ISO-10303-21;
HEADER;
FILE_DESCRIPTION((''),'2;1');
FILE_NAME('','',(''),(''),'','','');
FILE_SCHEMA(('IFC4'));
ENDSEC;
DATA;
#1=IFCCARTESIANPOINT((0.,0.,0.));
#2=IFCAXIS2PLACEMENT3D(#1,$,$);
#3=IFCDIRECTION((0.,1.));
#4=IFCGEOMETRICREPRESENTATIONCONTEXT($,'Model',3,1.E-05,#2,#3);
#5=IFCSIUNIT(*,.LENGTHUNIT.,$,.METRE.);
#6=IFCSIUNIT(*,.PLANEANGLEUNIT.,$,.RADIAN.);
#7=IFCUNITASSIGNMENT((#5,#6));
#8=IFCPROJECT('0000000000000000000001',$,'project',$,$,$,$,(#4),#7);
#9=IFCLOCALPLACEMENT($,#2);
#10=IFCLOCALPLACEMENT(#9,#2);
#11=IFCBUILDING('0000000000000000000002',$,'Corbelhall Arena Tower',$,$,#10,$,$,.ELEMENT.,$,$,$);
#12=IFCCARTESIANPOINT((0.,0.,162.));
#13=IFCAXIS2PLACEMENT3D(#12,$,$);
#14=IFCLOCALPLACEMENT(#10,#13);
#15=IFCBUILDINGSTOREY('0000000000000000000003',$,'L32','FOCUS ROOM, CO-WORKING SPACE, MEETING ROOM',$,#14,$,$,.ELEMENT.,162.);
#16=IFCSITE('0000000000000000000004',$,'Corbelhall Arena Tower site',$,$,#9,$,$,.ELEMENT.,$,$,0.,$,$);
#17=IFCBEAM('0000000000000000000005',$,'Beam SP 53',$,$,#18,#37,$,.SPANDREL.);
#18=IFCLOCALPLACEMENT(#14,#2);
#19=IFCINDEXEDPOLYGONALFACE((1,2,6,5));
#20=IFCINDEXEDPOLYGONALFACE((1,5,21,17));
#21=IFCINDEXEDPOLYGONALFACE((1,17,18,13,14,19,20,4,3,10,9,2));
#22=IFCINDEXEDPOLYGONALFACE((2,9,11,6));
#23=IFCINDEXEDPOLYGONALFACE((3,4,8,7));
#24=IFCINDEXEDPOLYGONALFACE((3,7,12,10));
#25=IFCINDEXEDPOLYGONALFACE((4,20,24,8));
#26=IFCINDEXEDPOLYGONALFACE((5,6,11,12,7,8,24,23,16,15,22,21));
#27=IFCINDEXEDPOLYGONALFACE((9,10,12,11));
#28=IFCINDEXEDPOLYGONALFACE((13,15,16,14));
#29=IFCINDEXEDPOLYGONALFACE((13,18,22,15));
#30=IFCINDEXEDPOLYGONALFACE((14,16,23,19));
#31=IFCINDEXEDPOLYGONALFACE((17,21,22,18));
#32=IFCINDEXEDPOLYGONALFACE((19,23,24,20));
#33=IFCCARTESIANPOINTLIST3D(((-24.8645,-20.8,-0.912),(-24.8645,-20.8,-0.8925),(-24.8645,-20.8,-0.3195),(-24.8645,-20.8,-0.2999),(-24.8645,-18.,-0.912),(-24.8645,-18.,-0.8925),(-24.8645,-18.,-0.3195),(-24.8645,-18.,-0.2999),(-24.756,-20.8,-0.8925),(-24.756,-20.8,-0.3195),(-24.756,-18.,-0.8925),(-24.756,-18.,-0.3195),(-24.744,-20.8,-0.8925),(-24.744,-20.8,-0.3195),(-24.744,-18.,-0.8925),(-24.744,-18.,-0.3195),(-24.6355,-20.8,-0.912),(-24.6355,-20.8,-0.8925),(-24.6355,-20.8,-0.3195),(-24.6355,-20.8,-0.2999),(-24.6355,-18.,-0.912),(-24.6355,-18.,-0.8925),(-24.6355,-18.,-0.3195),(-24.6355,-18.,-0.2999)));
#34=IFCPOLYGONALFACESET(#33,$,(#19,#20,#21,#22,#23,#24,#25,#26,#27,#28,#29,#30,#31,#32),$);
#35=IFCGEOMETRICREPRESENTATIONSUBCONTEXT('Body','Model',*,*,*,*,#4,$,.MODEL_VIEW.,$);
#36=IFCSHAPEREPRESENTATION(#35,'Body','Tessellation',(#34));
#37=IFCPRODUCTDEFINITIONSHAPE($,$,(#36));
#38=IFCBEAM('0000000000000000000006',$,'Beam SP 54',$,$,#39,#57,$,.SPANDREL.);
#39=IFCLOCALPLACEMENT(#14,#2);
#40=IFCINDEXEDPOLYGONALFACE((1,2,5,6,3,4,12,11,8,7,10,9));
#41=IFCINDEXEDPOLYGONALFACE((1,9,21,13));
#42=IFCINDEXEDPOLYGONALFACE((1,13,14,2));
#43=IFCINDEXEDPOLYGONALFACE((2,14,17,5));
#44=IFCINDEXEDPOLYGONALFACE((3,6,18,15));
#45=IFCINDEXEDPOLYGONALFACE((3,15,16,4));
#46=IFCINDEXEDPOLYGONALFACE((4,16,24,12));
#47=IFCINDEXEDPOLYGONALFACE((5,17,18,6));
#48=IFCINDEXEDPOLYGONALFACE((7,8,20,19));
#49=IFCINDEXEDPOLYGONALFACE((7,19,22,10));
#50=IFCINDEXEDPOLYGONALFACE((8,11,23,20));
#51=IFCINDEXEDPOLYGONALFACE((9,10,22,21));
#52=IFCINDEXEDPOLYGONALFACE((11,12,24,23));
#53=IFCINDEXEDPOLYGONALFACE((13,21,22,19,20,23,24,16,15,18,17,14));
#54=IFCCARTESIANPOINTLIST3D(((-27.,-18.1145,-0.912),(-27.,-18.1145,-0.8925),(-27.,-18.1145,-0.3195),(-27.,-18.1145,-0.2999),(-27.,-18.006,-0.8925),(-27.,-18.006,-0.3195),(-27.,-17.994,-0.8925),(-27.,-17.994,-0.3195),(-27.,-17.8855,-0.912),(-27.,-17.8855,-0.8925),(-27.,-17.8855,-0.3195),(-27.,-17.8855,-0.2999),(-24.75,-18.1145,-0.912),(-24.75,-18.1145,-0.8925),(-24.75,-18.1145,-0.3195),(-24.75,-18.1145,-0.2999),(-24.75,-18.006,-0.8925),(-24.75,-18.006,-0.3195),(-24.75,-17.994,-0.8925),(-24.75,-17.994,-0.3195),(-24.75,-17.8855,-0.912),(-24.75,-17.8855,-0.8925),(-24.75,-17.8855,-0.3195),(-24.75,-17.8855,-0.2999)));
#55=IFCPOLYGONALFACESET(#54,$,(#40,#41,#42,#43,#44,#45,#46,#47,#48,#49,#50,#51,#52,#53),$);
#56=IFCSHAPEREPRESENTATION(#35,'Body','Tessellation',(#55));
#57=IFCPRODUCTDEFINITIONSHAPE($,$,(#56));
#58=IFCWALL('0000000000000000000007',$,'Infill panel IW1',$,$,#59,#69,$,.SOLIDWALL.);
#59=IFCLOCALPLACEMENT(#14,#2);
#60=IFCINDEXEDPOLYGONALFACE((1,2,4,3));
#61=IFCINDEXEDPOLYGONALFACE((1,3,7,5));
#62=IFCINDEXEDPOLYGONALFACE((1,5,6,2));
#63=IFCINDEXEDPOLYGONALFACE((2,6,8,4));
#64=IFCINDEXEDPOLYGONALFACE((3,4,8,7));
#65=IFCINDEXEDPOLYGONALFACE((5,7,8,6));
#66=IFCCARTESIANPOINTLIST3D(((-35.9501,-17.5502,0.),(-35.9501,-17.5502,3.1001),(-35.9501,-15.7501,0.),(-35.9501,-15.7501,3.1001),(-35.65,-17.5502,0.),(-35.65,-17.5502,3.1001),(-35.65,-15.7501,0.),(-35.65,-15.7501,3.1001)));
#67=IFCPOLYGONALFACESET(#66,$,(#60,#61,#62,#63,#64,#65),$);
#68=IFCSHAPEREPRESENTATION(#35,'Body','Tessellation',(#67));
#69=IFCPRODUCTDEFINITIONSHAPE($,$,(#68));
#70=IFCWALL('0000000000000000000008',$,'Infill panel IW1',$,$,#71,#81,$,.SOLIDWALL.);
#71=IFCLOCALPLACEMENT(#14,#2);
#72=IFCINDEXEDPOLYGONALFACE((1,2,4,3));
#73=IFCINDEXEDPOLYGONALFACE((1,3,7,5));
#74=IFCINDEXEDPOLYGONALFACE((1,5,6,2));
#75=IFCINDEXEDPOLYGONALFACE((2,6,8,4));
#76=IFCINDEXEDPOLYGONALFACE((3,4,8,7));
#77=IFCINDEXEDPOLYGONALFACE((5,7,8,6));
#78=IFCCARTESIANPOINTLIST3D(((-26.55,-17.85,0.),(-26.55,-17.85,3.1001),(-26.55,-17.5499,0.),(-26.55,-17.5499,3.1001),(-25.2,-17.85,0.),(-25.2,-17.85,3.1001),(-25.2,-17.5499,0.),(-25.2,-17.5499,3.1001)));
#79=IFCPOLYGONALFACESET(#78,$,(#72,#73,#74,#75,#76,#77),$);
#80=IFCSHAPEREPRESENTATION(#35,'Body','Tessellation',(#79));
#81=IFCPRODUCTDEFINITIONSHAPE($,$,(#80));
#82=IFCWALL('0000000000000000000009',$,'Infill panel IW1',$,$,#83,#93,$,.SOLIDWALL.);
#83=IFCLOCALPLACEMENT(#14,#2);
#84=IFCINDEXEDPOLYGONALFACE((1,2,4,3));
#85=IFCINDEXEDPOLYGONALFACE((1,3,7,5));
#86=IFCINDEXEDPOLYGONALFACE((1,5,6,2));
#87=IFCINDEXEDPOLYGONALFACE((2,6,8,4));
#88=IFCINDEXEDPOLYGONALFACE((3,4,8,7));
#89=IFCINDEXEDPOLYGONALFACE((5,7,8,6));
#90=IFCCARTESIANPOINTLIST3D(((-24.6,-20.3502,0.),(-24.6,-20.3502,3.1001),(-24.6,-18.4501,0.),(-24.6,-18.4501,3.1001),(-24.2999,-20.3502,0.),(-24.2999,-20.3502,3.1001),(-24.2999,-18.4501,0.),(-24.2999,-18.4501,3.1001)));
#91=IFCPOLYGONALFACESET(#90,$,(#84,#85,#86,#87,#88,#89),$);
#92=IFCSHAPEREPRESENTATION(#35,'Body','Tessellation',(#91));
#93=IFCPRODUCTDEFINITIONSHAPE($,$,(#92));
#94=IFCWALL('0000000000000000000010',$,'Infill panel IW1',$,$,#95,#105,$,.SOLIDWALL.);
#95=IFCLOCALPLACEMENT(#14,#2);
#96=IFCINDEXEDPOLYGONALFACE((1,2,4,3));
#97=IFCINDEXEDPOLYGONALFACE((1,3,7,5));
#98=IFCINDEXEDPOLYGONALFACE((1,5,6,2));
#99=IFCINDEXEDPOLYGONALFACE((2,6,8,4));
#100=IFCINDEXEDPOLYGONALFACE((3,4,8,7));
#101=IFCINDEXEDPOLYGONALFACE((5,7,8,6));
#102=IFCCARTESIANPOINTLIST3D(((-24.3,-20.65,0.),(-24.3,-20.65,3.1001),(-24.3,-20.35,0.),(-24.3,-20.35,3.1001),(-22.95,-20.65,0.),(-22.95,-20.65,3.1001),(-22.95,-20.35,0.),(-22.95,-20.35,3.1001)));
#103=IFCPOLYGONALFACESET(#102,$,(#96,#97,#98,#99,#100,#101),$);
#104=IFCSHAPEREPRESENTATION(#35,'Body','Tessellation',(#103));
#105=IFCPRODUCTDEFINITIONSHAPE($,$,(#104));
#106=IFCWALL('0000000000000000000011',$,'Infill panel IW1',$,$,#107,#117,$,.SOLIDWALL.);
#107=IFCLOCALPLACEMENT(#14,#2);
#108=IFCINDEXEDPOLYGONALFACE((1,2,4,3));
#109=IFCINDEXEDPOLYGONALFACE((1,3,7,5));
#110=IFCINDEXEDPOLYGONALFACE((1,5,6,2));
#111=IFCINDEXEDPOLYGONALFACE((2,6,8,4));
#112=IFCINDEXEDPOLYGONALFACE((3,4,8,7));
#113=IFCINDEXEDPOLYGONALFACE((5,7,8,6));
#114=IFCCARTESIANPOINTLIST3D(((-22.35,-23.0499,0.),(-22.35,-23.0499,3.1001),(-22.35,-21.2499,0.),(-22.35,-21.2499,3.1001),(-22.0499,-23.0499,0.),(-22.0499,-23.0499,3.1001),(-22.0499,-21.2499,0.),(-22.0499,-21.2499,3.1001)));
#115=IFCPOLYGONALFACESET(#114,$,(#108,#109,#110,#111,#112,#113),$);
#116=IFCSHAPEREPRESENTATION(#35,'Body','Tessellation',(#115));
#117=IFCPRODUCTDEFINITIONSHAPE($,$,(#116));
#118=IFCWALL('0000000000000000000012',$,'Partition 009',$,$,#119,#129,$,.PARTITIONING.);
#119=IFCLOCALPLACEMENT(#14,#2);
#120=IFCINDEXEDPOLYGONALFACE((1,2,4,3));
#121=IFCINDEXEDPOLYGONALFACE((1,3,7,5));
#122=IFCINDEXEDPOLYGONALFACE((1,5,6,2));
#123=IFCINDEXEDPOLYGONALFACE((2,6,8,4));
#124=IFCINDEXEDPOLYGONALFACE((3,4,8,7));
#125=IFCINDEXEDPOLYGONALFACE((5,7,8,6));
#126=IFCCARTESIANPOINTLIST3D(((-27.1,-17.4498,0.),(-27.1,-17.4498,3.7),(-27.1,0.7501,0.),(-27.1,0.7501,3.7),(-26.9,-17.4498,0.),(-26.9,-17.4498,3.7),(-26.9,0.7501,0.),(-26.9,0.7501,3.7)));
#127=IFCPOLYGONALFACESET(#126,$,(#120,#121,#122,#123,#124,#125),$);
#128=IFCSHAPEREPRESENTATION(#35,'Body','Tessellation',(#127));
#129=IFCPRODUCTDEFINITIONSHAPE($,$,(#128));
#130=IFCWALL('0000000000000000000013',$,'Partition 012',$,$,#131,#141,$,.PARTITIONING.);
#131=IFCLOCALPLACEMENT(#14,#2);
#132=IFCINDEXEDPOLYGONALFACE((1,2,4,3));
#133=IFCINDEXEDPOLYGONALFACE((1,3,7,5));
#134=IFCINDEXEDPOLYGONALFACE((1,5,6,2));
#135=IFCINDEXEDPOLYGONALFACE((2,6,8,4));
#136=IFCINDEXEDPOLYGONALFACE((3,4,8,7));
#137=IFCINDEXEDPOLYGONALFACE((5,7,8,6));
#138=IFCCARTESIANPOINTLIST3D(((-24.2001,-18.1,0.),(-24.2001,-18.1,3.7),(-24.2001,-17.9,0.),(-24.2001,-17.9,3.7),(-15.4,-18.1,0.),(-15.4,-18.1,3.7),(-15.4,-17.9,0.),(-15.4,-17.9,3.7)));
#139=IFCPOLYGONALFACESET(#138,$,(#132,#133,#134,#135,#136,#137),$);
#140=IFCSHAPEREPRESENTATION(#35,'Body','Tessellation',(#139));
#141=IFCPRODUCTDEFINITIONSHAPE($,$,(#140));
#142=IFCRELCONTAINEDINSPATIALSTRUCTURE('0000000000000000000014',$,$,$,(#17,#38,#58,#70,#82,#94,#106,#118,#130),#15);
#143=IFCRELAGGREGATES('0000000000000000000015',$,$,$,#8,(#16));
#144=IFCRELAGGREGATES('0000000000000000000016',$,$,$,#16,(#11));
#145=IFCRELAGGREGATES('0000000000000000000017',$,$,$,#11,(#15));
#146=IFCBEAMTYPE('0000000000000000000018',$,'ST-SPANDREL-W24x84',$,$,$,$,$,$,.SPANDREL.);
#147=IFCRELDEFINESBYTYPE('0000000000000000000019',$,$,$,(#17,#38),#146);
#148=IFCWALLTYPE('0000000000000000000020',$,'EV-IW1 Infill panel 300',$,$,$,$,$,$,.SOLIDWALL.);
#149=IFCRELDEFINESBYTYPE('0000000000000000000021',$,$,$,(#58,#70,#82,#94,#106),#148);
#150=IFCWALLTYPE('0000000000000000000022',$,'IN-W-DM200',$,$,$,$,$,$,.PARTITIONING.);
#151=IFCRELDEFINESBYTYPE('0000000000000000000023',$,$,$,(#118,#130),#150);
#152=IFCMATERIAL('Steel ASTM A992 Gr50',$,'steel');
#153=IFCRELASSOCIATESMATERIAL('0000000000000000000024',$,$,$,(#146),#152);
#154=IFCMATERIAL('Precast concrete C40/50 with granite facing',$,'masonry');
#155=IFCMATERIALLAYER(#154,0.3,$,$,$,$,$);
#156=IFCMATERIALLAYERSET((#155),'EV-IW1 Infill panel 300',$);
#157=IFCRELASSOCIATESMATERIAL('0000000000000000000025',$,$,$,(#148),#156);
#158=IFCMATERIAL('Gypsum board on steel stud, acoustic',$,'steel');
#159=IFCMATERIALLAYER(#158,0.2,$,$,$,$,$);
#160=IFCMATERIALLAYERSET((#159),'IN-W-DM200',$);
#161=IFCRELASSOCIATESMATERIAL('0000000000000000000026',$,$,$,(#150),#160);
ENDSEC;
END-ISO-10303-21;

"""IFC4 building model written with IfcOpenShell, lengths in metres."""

from ifc_helpers import new_model, si_unit, direction, frame, frame_2d, origin, origin_2d, place, context, subcontext, project, spatial, rectangle, i_section, extrude, material, layer, layer_set, material_profile, profile_set, type_object, element, save


model = new_model("IFC4")

# Units and contexts
model_context = context("Model", 3, precision=1e-05, world=origin(), true_north=direction((0.0, 1.0)))
body_context = subcontext(model_context, "Body", "Model", "MODEL_VIEW")
ifc_project = project(units=[si_unit("LENGTHUNIT", "METRE"), si_unit("PLANEANGLEUNIT", "RADIAN")], contexts=[model_context])

# Site, building, storey
site_placement = place(None, origin())
site = spatial("IfcSite", under=ifc_project, at=site_placement, Name="Corbelhall Arena Tower site", CompositionType="ELEMENT", RefElevation=0.0)
building_placement = place(site_placement, origin())
building = spatial("IfcBuilding", under=site, at=building_placement, Name="Corbelhall Arena Tower", CompositionType="ELEMENT")
storey_placement = place(building_placement, frame((0.0, 0.0, 162.0)))
storey = spatial("IfcBuildingStorey", under=building, at=storey_placement, Name="L32", Description="FOCUS ROOM, CO-WORKING SPACE, MEETING ROOM", CompositionType="ELEMENT", Elevation=162.0)

# Beams
ifc_material_1 = material(Name="Steel ASTM A992 Gr50", Category="steel")
ifc_material_profile_1 = material_profile(ifc_material_1, i_section(OverallWidth=0.229, OverallDepth=0.6121, WebThickness=0.012, FlangeThickness=0.0195, at=origin_2d()))
ifc_profile_set_1 = profile_set([ifc_material_profile_1], Name="Steel ASTM A992 Gr50")
beam_type = type_object("IfcBeamType", Name="ST-SPANDREL-W24x84", PredefinedType="SPANDREL", material=ifc_profile_set_1)
beam_1_placement = place(storey_placement, frame((-24.75, -20.8, -0.606), z_axis=(0.0, 1.0, 0.0), x_axis=(-1.0, 0.0, 0.0)))
element("IfcBeam", 1, at=beam_1_placement, inside=storey, type_object=beam_type, Name="Beam SP 53", PredefinedType="SPANDREL", context=body_context, shape_type="SweptSolid", body=[
    extrude(i_section(OverallWidth=0.229, OverallDepth=0.6121, WebThickness=0.012, FlangeThickness=0.0195, at=origin_2d()), origin(), (0.0, 0.0, 1.0), 2.8),
])
beam_2_placement = place(storey_placement, frame((-24.75, -18.0, -0.606), z_axis=(-1.0, 0.0, 0.0), x_axis=(0.0, -1.0, 0.0)))
element("IfcBeam", 2, at=beam_2_placement, inside=storey, type_object=beam_type, Name="Beam SP 54", PredefinedType="SPANDREL", context=body_context, shape_type="SweptSolid", body=[
    extrude(i_section(OverallWidth=0.229, OverallDepth=0.6121, WebThickness=0.012, FlangeThickness=0.0195, at=origin_2d()), origin(), (0.0, 0.0, 1.0), 2.25),
])

# Wall
ifc_material_2 = material(Name="Precast concrete C40/50 with granite facing", Category="masonry")
ifc_layer_1 = layer(ifc_material_2, 0.3)
ifc_layer_set_1 = layer_set([ifc_layer_1], Name="EV-IW1 Infill panel 300")
wall_type_1 = type_object("IfcWallType", Name="EV-IW1 Infill panel 300", PredefinedType="SOLIDWALL", material=ifc_layer_set_1)
wall_1_placement = place(storey_placement, frame((-35.8, -17.55, 0.0), z_axis=(0.0, 0.0, 1.0), x_axis=(0.0, 1.0, 0.0)))
element("IfcWall", 3, at=wall_1_placement, inside=storey, type_object=wall_type_1, Name="Infill panel IW1", PredefinedType="SOLIDWALL", context=body_context, shape_type="SweptSolid", body=[
    extrude(rectangle(XDim=1.8, YDim=0.3, at=frame_2d((0.8999, 0.0))), origin(), (0.0, 0.0, 1.0), 3.1001),
])

# Walls
wall_2_placement = place(storey_placement, frame((-26.55, -17.7, 0.0), z_axis=(0.0, 0.0, 1.0), x_axis=(1.0, 0.0, 0.0)))
element("IfcWall", 4, at=wall_2_placement, inside=storey, type_object=wall_type_1, Name="Infill panel IW1", PredefinedType="SOLIDWALL", context=body_context, shape_type="SweptSolid", body=[
    extrude(rectangle(XDim=1.3501, YDim=0.3, at=frame_2d((0.675, 0.0))), origin(), (0.0, 0.0, 1.0), 3.1001),
])
wall_3_placement = place(storey_placement, frame((-24.45, -18.45, 0.0), z_axis=(0.0, 0.0, 1.0), x_axis=(0.0, -1.0, 0.0)))
element("IfcWall", 5, at=wall_3_placement, inside=storey, type_object=wall_type_1, Name="Infill panel IW1", PredefinedType="SOLIDWALL", context=body_context, shape_type="SweptSolid", body=[
    extrude(rectangle(XDim=1.9001, YDim=0.3, at=frame_2d((0.9502, 0.0))), origin(), (0.0, 0.0, 1.0), 3.1001),
])
wall_4_placement = place(storey_placement, frame((-24.3, -20.5, 0.0), z_axis=(0.0, 0.0, 1.0), x_axis=(1.0, 0.0, 0.0)))
element("IfcWall", 6, at=wall_4_placement, inside=storey, type_object=wall_type_1, Name="Infill panel IW1", PredefinedType="SOLIDWALL", context=body_context, shape_type="SweptSolid", body=[
    extrude(rectangle(XDim=1.3501, YDim=0.3, at=frame_2d((0.675, 0.0))), origin(), (0.0, 0.0, 1.0), 3.1001),
])
wall_5_placement = place(storey_placement, frame((-22.2, -21.25, 0.0), z_axis=(0.0, 0.0, 1.0), x_axis=(0.0, -1.0, 0.0)))
element("IfcWall", 7, at=wall_5_placement, inside=storey, type_object=wall_type_1, Name="Infill panel IW1", PredefinedType="SOLIDWALL", context=body_context, shape_type="SweptSolid", body=[
    extrude(rectangle(XDim=1.8, YDim=0.3, at=frame_2d((0.8999, 0.0))), origin(), (0.0, 0.0, 1.0), 3.1001),
])

# Walls
ifc_material_3 = material(Name="Gypsum board on steel stud, acoustic", Category="steel")
ifc_layer_2 = layer(ifc_material_3, 0.2)
ifc_layer_set_2 = layer_set([ifc_layer_2], Name="IN-W-DM200")
wall_type_2 = type_object("IfcWallType", Name="IN-W-DM200", PredefinedType="PARTITIONING", material=ifc_layer_set_2)
wall_6_placement = place(storey_placement, frame((-27.0, -17.45, 0.0), z_axis=(0.0, 0.0, 1.0), x_axis=(0.0, 1.0, 0.0)))
element("IfcWall", 8, at=wall_6_placement, inside=storey, type_object=wall_type_2, Name="Partition 009", PredefinedType="PARTITIONING", context=body_context, shape_type="SweptSolid", body=[
    extrude(rectangle(XDim=18.2, YDim=0.2, at=frame_2d((9.1001, 0.0))), origin(), (0.0, 0.0, 1.0), 3.7),
])
wall_7_placement = place(storey_placement, frame((-24.2, -18.0, 0.0), z_axis=(0.0, 0.0, 1.0), x_axis=(1.0, 0.0, 0.0)))
element("IfcWall", 9, at=wall_7_placement, inside=storey, type_object=wall_type_2, Name="Partition 012", PredefinedType="PARTITIONING", context=body_context, shape_type="SweptSolid", body=[
    extrude(rectangle(XDim=8.8, YDim=0.2, at=frame_2d((4.3999, 0.0))), origin(), (0.0, 0.0, 1.0), 3.7),
])

save(model, "model.ifc")
